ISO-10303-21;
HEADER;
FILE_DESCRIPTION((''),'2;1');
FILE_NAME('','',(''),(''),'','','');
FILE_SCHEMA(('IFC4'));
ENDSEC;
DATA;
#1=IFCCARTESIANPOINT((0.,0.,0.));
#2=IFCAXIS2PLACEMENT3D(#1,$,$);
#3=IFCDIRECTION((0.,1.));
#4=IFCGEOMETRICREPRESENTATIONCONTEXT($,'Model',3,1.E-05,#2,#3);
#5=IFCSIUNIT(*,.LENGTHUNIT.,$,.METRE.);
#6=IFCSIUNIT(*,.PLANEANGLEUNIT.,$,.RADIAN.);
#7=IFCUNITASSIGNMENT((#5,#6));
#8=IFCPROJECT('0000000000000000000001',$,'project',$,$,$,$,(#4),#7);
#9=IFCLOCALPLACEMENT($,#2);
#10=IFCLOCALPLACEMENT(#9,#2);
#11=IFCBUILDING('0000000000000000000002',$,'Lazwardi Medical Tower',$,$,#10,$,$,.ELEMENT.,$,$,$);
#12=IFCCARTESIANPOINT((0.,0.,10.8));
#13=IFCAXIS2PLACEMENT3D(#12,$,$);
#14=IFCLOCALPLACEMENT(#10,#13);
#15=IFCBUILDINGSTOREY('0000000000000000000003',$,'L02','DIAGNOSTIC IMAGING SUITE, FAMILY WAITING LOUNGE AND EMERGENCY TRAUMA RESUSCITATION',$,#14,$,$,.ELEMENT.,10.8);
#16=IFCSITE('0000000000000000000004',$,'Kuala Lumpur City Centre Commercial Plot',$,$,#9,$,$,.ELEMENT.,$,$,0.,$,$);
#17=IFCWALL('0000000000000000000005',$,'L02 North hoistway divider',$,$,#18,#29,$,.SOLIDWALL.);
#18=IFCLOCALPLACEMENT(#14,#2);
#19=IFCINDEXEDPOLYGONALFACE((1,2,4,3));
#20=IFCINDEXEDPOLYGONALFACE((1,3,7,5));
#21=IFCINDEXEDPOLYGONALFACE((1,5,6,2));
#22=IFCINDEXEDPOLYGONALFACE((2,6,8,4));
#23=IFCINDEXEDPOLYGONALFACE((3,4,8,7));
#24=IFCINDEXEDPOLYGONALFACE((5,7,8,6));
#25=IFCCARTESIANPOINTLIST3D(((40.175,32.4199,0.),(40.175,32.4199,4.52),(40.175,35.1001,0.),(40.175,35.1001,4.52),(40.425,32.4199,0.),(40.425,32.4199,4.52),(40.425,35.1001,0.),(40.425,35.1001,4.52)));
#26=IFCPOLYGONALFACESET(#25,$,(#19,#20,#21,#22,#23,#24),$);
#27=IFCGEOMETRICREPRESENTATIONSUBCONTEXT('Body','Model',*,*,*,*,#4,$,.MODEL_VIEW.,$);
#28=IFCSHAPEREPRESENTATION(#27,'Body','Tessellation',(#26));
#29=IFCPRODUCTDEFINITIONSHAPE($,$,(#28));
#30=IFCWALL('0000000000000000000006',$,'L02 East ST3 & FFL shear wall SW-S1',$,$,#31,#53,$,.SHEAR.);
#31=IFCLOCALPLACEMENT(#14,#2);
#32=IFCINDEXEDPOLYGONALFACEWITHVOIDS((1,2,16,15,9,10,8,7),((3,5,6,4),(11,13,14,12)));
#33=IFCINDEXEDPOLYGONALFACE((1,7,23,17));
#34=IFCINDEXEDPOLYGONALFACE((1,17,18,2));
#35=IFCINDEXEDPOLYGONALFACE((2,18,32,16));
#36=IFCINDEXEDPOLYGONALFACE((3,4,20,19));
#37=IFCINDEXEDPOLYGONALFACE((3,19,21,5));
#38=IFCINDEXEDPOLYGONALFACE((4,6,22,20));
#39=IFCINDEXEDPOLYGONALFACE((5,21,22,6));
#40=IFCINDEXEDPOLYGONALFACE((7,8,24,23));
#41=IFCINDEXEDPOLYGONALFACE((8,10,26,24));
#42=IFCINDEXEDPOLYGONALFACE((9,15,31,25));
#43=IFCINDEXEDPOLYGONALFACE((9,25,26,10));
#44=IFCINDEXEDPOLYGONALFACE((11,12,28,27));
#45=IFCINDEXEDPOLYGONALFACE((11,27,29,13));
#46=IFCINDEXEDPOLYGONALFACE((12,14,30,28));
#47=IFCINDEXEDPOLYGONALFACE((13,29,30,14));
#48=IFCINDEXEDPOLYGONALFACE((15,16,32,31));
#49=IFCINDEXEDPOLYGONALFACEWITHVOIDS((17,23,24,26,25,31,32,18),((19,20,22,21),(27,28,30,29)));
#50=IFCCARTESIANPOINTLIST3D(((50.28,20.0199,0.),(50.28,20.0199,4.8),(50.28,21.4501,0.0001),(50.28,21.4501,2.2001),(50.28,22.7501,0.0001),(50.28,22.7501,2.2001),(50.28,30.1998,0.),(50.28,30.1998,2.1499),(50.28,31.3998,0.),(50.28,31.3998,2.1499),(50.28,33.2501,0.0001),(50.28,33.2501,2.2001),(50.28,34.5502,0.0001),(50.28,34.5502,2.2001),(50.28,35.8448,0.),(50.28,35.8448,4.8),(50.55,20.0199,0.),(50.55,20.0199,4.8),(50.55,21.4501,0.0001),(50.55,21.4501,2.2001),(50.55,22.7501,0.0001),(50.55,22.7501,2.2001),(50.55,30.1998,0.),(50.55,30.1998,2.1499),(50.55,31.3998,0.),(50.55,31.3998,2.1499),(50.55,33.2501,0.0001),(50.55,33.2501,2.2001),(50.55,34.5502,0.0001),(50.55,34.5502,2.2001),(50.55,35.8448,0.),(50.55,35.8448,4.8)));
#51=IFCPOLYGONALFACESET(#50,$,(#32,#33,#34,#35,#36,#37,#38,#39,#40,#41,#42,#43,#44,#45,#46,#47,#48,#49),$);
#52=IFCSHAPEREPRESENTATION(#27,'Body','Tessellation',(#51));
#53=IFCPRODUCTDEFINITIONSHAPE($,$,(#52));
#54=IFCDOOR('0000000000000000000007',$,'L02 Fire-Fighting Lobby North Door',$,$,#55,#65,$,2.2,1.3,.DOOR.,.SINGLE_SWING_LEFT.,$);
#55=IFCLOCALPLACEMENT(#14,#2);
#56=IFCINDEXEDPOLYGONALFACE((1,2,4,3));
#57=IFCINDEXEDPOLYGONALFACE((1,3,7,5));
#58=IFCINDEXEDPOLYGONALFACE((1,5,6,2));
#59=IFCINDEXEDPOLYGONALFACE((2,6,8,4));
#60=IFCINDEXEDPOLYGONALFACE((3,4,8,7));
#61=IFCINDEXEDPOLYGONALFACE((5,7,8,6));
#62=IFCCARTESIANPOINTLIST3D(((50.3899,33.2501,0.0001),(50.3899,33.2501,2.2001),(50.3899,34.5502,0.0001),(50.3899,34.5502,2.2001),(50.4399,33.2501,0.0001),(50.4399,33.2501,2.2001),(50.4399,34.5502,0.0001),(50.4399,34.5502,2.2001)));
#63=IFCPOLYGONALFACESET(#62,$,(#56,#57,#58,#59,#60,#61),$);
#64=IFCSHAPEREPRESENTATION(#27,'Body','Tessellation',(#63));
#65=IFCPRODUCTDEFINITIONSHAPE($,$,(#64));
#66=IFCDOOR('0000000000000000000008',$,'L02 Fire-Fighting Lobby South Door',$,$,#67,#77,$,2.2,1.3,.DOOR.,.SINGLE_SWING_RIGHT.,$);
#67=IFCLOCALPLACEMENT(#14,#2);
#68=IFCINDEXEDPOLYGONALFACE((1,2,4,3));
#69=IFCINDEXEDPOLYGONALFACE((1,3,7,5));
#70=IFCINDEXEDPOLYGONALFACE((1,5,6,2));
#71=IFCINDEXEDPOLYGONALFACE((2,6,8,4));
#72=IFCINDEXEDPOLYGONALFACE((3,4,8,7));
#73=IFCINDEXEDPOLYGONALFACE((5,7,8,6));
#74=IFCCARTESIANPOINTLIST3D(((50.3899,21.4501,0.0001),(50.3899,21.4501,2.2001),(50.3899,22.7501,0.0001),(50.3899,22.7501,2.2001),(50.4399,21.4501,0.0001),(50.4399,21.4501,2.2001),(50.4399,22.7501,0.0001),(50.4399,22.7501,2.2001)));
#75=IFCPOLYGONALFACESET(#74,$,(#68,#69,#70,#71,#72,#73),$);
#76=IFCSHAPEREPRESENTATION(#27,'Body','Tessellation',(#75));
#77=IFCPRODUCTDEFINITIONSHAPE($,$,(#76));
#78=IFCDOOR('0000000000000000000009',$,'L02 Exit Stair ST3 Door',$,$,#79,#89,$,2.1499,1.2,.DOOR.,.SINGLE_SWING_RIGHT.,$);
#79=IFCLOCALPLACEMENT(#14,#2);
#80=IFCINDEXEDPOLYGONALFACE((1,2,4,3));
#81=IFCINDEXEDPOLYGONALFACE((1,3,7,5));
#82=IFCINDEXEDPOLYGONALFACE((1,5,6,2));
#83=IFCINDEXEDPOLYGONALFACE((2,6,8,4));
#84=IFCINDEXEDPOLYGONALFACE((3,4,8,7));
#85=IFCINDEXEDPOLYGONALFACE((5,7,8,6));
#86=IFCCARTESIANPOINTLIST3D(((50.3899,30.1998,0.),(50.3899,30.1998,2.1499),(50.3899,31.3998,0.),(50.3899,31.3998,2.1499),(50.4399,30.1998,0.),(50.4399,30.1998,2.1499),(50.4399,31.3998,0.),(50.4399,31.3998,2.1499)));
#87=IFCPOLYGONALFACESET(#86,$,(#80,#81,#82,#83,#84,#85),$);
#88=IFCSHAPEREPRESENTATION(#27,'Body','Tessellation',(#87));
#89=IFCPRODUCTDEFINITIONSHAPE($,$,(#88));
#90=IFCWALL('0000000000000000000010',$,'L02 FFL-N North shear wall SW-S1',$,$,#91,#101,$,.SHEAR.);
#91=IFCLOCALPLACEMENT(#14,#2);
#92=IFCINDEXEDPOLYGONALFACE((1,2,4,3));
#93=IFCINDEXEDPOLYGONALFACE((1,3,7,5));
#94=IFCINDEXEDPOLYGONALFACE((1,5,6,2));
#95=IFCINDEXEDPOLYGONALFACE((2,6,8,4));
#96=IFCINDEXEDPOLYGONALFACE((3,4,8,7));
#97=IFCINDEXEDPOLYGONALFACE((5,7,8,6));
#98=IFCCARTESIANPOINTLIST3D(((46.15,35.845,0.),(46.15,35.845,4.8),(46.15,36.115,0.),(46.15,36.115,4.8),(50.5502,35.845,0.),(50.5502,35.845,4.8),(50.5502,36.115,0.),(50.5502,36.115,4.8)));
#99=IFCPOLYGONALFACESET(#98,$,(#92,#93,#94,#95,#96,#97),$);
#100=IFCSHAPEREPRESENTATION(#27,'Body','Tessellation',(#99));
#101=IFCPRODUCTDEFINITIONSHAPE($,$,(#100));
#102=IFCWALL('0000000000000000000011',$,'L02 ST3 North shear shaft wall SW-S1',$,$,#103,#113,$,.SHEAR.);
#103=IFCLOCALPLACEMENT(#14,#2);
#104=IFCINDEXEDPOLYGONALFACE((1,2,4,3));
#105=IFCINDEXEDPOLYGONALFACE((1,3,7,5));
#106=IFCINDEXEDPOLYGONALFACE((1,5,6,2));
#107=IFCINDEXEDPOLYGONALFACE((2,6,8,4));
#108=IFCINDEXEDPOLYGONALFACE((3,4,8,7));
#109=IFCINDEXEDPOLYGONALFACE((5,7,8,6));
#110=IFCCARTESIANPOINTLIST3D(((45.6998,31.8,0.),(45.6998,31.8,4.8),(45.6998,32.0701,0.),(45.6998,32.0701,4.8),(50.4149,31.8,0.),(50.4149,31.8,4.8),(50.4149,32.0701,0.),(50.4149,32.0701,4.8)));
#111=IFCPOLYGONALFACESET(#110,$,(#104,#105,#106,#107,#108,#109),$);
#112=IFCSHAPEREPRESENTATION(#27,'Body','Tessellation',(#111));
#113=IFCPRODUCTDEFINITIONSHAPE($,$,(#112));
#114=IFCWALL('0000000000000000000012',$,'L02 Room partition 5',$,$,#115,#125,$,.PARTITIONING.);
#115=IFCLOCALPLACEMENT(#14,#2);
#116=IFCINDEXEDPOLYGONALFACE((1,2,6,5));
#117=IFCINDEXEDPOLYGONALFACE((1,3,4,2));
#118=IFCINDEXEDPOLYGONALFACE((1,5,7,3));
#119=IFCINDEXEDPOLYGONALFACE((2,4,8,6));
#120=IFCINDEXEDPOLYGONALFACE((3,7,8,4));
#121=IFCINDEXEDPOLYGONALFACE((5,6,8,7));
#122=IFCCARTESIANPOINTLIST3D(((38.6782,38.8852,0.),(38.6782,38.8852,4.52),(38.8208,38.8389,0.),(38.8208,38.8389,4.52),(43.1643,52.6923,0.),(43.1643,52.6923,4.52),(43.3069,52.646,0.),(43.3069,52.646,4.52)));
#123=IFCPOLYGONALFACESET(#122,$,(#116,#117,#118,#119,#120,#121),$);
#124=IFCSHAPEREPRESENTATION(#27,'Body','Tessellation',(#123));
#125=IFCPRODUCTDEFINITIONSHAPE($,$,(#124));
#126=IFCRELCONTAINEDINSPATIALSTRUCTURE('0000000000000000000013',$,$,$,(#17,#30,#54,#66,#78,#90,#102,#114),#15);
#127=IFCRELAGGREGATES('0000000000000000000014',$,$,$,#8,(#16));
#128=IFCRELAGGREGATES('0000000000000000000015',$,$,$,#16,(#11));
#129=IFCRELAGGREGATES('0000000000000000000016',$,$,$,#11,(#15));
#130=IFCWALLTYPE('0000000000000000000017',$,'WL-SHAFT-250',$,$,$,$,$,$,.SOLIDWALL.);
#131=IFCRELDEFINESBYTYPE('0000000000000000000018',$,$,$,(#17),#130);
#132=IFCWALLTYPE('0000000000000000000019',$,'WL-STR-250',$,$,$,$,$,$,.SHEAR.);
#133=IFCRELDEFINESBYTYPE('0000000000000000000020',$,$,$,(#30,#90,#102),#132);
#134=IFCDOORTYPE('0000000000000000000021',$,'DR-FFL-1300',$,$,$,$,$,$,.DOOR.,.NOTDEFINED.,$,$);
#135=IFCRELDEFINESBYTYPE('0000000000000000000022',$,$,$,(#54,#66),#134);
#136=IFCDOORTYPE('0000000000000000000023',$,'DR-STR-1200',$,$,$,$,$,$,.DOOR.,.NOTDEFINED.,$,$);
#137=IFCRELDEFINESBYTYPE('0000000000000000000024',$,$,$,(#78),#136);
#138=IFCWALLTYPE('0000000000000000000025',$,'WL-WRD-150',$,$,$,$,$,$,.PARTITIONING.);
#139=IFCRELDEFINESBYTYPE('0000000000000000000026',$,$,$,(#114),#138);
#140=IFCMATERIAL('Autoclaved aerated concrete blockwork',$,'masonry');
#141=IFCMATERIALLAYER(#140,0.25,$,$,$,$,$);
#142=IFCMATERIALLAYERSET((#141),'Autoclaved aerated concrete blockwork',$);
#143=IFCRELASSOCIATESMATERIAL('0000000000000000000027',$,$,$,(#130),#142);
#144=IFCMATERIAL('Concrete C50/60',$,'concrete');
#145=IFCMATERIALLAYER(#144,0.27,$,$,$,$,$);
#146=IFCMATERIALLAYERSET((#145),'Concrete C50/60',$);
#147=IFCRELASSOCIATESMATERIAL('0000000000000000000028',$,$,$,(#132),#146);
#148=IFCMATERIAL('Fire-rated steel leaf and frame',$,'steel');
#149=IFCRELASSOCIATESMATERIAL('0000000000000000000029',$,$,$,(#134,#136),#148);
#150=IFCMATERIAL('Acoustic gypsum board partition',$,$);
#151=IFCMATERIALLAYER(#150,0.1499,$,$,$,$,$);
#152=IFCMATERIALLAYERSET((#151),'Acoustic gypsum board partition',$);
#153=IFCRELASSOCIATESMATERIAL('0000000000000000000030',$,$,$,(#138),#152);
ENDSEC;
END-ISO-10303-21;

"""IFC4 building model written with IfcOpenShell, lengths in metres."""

from ifc_helpers import new_model, si_unit, direction, frame, frame_2d, origin, place, context, subcontext, project, spatial, rectangle, extrude, material, layer, layer_set, type_object, element, fill, save


model = new_model("IFC4")

# Units and contexts
model_context = context("Model", 3, precision=1e-05, world=origin(), true_north=direction((0.0, 1.0)))
body_context = subcontext(model_context, "Body", "Model", "MODEL_VIEW")
ifc_project = project(units=[si_unit("LENGTHUNIT", "METRE"), si_unit("PLANEANGLEUNIT", "RADIAN")], contexts=[model_context])

# Site, building, storey
site_placement = place(None, origin())
site = spatial("IfcSite", under=ifc_project, at=site_placement, Name="Kuala Lumpur City Centre Commercial Plot", CompositionType="ELEMENT", RefElevation=0.0)
building_placement = place(site_placement, origin())
building = spatial("IfcBuilding", under=site, at=building_placement, Name="Lazwardi Medical Tower", CompositionType="ELEMENT")
storey_placement = place(building_placement, frame((0.0, 0.0, 10.8)))
storey = spatial("IfcBuildingStorey", under=building, at=storey_placement, Name="L02", Description="DIAGNOSTIC IMAGING SUITE, FAMILY WAITING LOUNGE AND EMERGENCY TRAUMA RESUSCITATION", CompositionType="ELEMENT", Elevation=10.8)

# Wall
ifc_material_1 = material(Name="Autoclaved aerated concrete blockwork", Category="masonry")
ifc_layer_1 = layer(ifc_material_1, 0.25)
ifc_layer_set_1 = layer_set([ifc_layer_1], Name="Autoclaved aerated concrete blockwork")
wall_type_1 = type_object("IfcWallType", Name="WL-SHAFT-250", PredefinedType="SOLIDWALL", material=ifc_layer_set_1)
for number, where, z_axis, x_axis, name in (
    (1, (40.3, 32.4199, 0.0), (0.0, 0.0, 1.0), (0.0, 1.0, 0.0), "L02 North hoistway divider"),
):
    element("IfcWall", number, at=place(storey_placement, frame(where, z_axis=z_axis, x_axis=x_axis)), inside=storey, type_object=wall_type_1, Name=name, PredefinedType="SOLIDWALL", context=body_context, shape_type="SweptSolid", body=[
        extrude(rectangle(XDim=2.6802, YDim=0.25, at=frame_2d((1.3401, 0.0))), origin(), (0.0, 0.0, 1.0), 4.52),
    ])

# Wall, openings, doors
ifc_material_2 = material(Name="Concrete C50/60", Category="concrete")
ifc_layer_2 = layer(ifc_material_2, 0.27)
ifc_layer_set_2 = layer_set([ifc_layer_2], Name="Concrete C50/60")
wall_type_2 = type_object("IfcWallType", Name="WL-STR-250", PredefinedType="SHEAR", material=ifc_layer_set_2)
wall_1_placement = place(storey_placement, frame((50.415, 35.845, 0.0), z_axis=(0.0, 0.0, 1.0), x_axis=(0.0, -1.0, 0.0)))
wall_1 = element("IfcWall", 2, at=wall_1_placement, inside=storey, type_object=wall_type_2, Name="L02 East ST3 & FFL shear wall SW-S1", PredefinedType="SHEAR", context=body_context, shape_type="SweptSolid", body=[
    extrude(rectangle(XDim=15.825, YDim=0.27, at=frame_2d((7.9126, 0.0))), origin(), (0.0, 0.0, 1.0), 4.8),
])
opening_1_placement = place(wall_1_placement, frame((4.4451, 0.0, 0.0)))
opening_1 = element("IfcOpeningElement", 3, at=opening_1_placement, cuts=wall_1, PredefinedType="OPENING", context=body_context, shape_type="SweptSolid", body=[
    extrude(rectangle(XDim=1.2, YDim=2.1499, at=frame_2d((0.6001, 1.075))), frame((0.0, 0.145, 0.0), z_axis=(0.0, -1.0, 0.0), x_axis=(1.0, 0.0, 0.0)), (0.0, 0.0, 1.0), 0.29),
])
opening_2_placement = place(wall_1_placement, frame((1.2949, 0.0, 0.0)))
opening_2 = element("IfcOpeningElement", 4, at=opening_2_placement, cuts=wall_1, PredefinedType="OPENING", context=body_context, shape_type="SweptSolid", body=[
    extrude(rectangle(XDim=1.3, YDim=2.2, at=frame_2d((0.6499, 1.1001))), frame((0.0, 0.145, 0.0), z_axis=(0.0, -1.0, 0.0), x_axis=(1.0, 0.0, 0.0)), (0.0, 0.0, 1.0), 0.29),
])
opening_3_placement = place(wall_1_placement, frame((13.095, 0.0, 0.0)))
opening_3 = element("IfcOpeningElement", 5, at=opening_3_placement, cuts=wall_1, PredefinedType="OPENING", context=body_context, shape_type="SweptSolid", body=[
    extrude(rectangle(XDim=1.3, YDim=2.2, at=frame_2d((0.6499, 1.1001))), frame((0.0, 0.145, 0.0), z_axis=(0.0, -1.0, 0.0), x_axis=(1.0, 0.0, 0.0)), (0.0, 0.0, 1.0), 0.29),
])
ifc_material_3 = material(Name="Fire-rated steel leaf and frame", Category="steel")
door_type_1 = type_object("IfcDoorType", Name="DR-FFL-1300", OperationType="NOTDEFINED", PredefinedType="DOOR", material=ifc_material_3)
door_1_placement = place(opening_2_placement, origin())
door_1 = element("IfcDoor", 6, at=door_1_placement, inside=storey, type_object=door_type_1, Name="L02 Fire-Fighting Lobby North Door", OperationType="SINGLE_SWING_LEFT", OverallHeight=2.2, OverallWidth=1.3, PredefinedType="DOOR", context=body_context, shape_type="SweptSolid", body=[
    extrude(rectangle(XDim=1.3, YDim=2.2, at=frame_2d((0.6499, 1.1001))), frame((0.0, 0.0249, 0.0), z_axis=(0.0, -1.0, 0.0), x_axis=(1.0, 0.0, 0.0)), (0.0, 0.0, 1.0), 0.05),
])
fill(opening_2, door_1)
door_2_placement = place(opening_3_placement, origin())
door_2 = element("IfcDoor", 7, at=door_2_placement, inside=storey, type_object=door_type_1, Name="L02 Fire-Fighting Lobby South Door", OperationType="SINGLE_SWING_RIGHT", OverallHeight=2.2, OverallWidth=1.3, PredefinedType="DOOR", context=body_context, shape_type="SweptSolid", body=[
    extrude(rectangle(XDim=1.3, YDim=2.2, at=frame_2d((0.6499, 1.1001))), frame((0.0, 0.0249, 0.0), z_axis=(0.0, -1.0, 0.0), x_axis=(1.0, 0.0, 0.0)), (0.0, 0.0, 1.0), 0.05),
])
fill(opening_3, door_2)
door_type_2 = type_object("IfcDoorType", Name="DR-STR-1200", OperationType="NOTDEFINED", PredefinedType="DOOR", material=ifc_material_3)
door_3_placement = place(opening_1_placement, origin())
door_3 = element("IfcDoor", 8, at=door_3_placement, inside=storey, type_object=door_type_2, Name="L02 Exit Stair ST3 Door", OperationType="SINGLE_SWING_RIGHT", OverallHeight=2.1499, OverallWidth=1.2, PredefinedType="DOOR", context=body_context, shape_type="SweptSolid", body=[
    extrude(rectangle(XDim=1.2, YDim=2.1499, at=frame_2d((0.6001, 1.075))), frame((0.0, 0.0249, 0.0), z_axis=(0.0, -1.0, 0.0), x_axis=(1.0, 0.0, 0.0)), (0.0, 0.0, 1.0), 0.05),
])
fill(opening_1, door_3)

# Walls
wall_2_placement = place(storey_placement, frame((46.1499, 35.98, 0.0), z_axis=(0.0, 0.0, 1.0), x_axis=(1.0, 0.0, 0.0)))
element("IfcWall", 9, at=wall_2_placement, inside=storey, type_object=wall_type_2, Name="L02 FFL-N North shear wall SW-S1", PredefinedType="SHEAR", context=body_context, shape_type="SweptSolid", body=[
    extrude(rectangle(XDim=4.4001, YDim=0.27, at=frame_2d((2.2002, 0.0))), origin(), (0.0, 0.0, 1.0), 4.8),
])
wall_3_placement = place(storey_placement, frame((45.7, 31.9351, 0.0), z_axis=(0.0, 0.0, 1.0), x_axis=(1.0, 0.0, 0.0)))
element("IfcWall", 10, at=wall_3_placement, inside=storey, type_object=wall_type_2, Name="L02 ST3 North shear shaft wall SW-S1", PredefinedType="SHEAR", context=body_context, shape_type="SweptSolid", body=[
    extrude(rectangle(XDim=4.7151, YDim=0.27, at=frame_2d((2.3574, 0.0))), origin(), (0.0, 0.0, 1.0), 4.8),
])
ifc_material_4 = material(Name="Acoustic gypsum board partition")
ifc_layer_3 = layer(ifc_material_4, 0.1499)
ifc_layer_set_3 = layer_set([ifc_layer_3], Name="Acoustic gypsum board partition")
wall_type_3 = type_object("IfcWallType", Name="WL-WRD-150", PredefinedType="PARTITIONING", material=ifc_layer_set_3)
wall_4_placement = place(storey_placement, frame((38.7495, 38.8621, 0.0), z_axis=(0.0, 0.0, 1.0), x_axis=(0.309009, 0.951059, 0.0)))
element("IfcWall", 11, at=wall_4_placement, inside=storey, type_object=wall_type_3, Name="L02 Room partition 5", PredefinedType="PARTITIONING", context=body_context, shape_type="SweptSolid", body=[
    extrude(rectangle(XDim=14.5176, YDim=0.1499, at=frame_2d((7.2588, 0.0))), origin(), (0.0, 0.0, 1.0), 4.52),
])

save(model, "model.ifc")
